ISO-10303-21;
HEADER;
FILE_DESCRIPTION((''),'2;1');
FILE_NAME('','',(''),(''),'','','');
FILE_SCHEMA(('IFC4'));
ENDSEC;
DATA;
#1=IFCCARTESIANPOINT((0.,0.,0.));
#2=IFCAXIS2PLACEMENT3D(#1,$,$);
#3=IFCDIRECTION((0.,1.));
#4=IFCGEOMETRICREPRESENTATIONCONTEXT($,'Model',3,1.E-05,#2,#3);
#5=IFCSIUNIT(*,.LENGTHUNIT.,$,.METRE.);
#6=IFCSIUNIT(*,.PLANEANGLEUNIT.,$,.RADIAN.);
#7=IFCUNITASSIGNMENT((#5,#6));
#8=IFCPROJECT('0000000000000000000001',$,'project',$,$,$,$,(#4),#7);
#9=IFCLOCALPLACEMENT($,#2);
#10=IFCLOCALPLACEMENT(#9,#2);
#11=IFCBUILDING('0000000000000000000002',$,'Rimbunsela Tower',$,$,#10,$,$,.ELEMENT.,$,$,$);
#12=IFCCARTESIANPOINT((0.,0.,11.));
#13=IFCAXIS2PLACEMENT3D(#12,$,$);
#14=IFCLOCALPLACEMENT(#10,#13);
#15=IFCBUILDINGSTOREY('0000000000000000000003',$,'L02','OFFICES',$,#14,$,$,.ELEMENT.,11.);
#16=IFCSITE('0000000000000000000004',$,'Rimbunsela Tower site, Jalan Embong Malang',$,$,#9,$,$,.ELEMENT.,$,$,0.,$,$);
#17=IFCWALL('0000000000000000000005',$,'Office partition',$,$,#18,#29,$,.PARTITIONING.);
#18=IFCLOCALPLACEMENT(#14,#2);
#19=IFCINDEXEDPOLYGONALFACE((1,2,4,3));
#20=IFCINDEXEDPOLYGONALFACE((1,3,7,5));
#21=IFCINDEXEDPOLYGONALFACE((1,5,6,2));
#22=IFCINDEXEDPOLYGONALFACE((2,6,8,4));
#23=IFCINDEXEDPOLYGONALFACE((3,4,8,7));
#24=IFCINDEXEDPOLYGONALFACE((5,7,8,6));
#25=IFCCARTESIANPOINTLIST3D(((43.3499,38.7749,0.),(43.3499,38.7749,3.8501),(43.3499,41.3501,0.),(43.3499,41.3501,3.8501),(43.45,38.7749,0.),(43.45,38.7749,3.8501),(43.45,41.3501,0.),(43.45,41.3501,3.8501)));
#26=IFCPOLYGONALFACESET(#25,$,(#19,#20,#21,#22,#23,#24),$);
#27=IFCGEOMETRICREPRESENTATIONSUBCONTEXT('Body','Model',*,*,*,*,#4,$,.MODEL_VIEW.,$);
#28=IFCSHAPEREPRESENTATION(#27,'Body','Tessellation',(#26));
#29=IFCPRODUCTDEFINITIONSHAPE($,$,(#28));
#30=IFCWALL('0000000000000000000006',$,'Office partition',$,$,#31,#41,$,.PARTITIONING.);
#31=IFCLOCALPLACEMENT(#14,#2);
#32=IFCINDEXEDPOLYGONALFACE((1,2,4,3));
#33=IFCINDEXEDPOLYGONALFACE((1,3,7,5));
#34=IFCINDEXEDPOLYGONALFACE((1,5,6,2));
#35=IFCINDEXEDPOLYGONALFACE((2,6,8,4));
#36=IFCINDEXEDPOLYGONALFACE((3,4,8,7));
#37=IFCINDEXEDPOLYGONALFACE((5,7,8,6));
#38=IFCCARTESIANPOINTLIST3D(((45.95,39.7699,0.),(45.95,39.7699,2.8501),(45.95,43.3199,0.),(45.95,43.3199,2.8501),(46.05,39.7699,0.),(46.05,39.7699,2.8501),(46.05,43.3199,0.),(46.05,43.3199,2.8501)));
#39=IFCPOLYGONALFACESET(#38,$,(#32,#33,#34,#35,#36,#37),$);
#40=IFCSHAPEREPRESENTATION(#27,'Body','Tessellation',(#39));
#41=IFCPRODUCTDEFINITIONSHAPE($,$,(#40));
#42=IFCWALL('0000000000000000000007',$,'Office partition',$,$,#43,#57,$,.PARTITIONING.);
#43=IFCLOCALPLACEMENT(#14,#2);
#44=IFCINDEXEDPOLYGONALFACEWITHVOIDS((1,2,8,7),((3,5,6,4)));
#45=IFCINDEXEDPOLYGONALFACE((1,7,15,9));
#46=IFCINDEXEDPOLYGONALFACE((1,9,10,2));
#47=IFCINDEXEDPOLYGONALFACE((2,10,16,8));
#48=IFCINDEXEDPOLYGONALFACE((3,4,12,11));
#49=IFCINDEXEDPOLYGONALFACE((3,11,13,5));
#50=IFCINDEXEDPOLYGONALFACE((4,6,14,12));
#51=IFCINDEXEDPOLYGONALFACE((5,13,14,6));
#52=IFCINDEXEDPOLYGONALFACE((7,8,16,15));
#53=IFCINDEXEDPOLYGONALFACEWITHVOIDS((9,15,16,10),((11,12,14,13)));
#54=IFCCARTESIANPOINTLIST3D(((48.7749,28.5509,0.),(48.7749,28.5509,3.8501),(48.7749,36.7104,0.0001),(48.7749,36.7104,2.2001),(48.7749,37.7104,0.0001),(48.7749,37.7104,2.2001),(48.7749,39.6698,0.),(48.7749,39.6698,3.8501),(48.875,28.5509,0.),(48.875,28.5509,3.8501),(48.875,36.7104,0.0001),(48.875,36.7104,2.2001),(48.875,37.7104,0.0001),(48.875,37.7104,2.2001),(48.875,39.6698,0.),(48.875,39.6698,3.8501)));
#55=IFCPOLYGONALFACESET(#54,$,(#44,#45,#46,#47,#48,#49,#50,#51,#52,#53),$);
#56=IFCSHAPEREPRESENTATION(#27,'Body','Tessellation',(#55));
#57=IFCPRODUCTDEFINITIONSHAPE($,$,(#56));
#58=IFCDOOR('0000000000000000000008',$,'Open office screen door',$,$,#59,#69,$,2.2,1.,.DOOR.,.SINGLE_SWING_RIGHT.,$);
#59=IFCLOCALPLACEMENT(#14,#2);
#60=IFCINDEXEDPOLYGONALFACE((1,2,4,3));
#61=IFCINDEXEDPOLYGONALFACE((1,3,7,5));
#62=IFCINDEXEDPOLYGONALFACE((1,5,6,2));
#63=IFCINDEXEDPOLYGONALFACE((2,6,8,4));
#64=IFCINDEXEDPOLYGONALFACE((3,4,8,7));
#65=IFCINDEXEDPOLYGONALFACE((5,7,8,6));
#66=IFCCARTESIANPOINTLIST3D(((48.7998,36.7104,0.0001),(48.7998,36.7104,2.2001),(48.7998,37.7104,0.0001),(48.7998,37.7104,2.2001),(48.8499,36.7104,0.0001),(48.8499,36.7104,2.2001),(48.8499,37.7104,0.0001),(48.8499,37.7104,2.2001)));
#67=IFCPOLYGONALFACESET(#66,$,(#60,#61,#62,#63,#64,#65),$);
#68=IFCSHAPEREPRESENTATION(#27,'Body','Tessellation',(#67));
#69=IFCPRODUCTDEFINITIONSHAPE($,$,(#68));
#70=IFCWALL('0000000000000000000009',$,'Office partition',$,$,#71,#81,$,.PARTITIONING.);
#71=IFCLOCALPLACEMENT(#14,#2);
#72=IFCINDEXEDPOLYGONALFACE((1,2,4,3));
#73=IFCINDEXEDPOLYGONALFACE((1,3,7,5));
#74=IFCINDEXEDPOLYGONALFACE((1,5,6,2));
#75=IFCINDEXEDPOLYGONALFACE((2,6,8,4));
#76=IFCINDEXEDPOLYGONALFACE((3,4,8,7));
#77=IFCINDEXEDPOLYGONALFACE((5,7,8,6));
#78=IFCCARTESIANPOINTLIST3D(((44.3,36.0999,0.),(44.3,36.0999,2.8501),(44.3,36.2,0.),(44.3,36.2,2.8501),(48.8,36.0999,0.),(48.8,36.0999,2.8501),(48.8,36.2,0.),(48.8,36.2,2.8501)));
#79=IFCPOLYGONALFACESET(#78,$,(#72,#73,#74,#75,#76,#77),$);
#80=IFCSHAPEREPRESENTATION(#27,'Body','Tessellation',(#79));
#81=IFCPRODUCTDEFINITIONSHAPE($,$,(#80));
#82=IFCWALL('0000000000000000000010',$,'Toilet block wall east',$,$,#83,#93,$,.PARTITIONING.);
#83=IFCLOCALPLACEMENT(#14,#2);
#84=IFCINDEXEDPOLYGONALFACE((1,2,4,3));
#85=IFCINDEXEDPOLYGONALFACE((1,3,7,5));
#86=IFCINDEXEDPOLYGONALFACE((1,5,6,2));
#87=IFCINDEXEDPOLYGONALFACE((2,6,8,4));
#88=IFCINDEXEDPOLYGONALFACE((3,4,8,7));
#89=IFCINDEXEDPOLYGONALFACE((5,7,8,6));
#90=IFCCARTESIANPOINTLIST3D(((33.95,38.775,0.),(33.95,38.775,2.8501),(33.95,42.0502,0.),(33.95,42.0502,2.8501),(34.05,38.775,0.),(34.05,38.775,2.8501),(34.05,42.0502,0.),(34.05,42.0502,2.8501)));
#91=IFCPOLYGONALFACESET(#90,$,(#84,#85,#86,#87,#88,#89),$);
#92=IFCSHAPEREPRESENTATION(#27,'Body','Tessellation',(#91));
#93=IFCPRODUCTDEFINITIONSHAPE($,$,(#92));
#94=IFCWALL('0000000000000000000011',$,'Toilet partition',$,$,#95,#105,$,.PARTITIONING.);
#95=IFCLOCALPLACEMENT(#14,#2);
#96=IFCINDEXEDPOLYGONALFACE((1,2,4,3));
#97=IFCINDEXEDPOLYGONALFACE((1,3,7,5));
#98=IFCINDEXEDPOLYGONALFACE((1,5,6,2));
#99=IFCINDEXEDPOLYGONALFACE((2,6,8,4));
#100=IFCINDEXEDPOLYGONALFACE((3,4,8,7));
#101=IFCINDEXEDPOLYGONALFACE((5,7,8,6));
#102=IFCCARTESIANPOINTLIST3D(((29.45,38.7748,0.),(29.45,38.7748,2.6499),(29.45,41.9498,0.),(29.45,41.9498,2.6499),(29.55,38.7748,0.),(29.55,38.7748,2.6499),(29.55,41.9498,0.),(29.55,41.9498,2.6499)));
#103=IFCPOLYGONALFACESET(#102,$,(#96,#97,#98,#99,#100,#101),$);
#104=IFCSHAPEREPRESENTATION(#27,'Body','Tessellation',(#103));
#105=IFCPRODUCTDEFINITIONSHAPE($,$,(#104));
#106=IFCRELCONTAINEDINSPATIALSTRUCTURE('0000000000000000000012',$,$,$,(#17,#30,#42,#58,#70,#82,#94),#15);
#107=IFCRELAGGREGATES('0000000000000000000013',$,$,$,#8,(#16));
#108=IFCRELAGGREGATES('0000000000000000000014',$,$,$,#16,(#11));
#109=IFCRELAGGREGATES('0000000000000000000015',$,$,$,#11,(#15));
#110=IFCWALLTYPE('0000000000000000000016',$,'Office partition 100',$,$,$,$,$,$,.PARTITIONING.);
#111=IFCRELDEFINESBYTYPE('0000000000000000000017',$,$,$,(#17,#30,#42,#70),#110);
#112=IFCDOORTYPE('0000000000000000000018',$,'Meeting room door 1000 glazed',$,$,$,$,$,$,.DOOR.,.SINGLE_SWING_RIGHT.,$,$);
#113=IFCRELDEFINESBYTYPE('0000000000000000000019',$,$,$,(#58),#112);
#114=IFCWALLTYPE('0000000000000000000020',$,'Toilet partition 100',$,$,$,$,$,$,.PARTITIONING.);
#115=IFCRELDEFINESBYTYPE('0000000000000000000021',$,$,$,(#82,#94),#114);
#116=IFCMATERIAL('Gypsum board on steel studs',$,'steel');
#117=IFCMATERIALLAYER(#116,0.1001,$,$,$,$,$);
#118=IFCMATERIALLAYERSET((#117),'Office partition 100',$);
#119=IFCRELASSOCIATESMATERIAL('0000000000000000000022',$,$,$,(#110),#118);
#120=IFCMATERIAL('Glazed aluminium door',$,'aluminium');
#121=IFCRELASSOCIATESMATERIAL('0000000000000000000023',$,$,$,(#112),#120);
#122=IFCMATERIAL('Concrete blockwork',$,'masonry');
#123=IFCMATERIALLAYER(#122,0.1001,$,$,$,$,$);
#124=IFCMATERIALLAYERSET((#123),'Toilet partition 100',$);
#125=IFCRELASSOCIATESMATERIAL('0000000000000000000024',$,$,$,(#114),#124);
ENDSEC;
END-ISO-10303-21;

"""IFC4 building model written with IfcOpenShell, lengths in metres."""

from ifc_helpers import new_model, si_unit, direction, frame, frame_2d, origin, place, context, subcontext, project, spatial, rectangle, extrude, material, layer, layer_set, type_object, element, fill, save


model = new_model("IFC4")

# Units and contexts
model_context = context("Model", 3, precision=1e-05, world=origin(), true_north=direction((0.0, 1.0)))
body_context = subcontext(model_context, "Body", "Model", "MODEL_VIEW")
ifc_project = project(units=[si_unit("LENGTHUNIT", "METRE"), si_unit("PLANEANGLEUNIT", "RADIAN")], contexts=[model_context])

# Site, building, storey
site_placement = place(None, origin())
site = spatial("IfcSite", under=ifc_project, at=site_placement, Name="Rimbunsela Tower site, Jalan Embong Malang", CompositionType="ELEMENT", RefElevation=0.0)
building_placement = place(site_placement, origin())
building = spatial("IfcBuilding", under=site, at=building_placement, Name="Rimbunsela Tower", CompositionType="ELEMENT")
storey_placement = place(building_placement, frame((0.0, 0.0, 11.0)))
storey = spatial("IfcBuildingStorey", under=building, at=storey_placement, Name="L02", Description="OFFICES", CompositionType="ELEMENT", Elevation=11.0)

# Shared definitions
ifc_material_1 = material(Name="Gypsum board on steel studs", Category="steel")
ifc_layer_1 = layer(ifc_material_1, 0.1001)
ifc_layer_set_1 = layer_set([ifc_layer_1], Name="Office partition 100")
wall_type_1 = type_object("IfcWallType", Name="Office partition 100", PredefinedType="PARTITIONING", material=ifc_layer_set_1)

# Walls
for number, where, z_axis, x_axis, name in (
    (1, (43.3999, 38.7749, 0.0), (0.0, 0.0, 1.0), (0.0, 1.0, 0.0), "Office partition"),
):
    element("IfcWall", number, at=place(storey_placement, frame(where, z_axis=z_axis, x_axis=x_axis)), inside=storey, type_object=wall_type_1, Name=name, PredefinedType="PARTITIONING", context=body_context, shape_type="SweptSolid", body=[
        extrude(rectangle(XDim=2.5752, YDim=0.1001, at=frame_2d((1.2876, 0.0))), origin(), (0.0, 0.0, 1.0), 3.8501),
    ])
wall_1_placement = place(storey_placement, frame((46.0, 39.77, 0.0), z_axis=(0.0, 0.0, 1.0), x_axis=(0.0, 1.0, 0.0)))
element("IfcWall", 2, at=wall_1_placement, inside=storey, type_object=wall_type_1, Name="Office partition", PredefinedType="PARTITIONING", context=body_context, shape_type="SweptSolid", body=[
    extrude(rectangle(XDim=3.55, YDim=0.1001, at=frame_2d((1.7749, 0.0))), origin(), (0.0, 0.0, 1.0), 2.8501),
])

# Wall, opening, door
wall_2_placement = place(storey_placement, frame((48.825, 39.6699, 0.0), z_axis=(0.0, 0.0, 1.0), x_axis=(0.0, -1.0, 0.0)))
wall_2 = element("IfcWall", 3, at=wall_2_placement, inside=storey, type_object=wall_type_1, Name="Office partition", PredefinedType="PARTITIONING", context=body_context, shape_type="SweptSolid", body=[
    extrude(rectangle(XDim=11.1189, YDim=0.1001, at=frame_2d((5.5596, 0.0))), origin(), (0.0, 0.0, 1.0), 3.8501),
])
opening_1_placement = place(wall_2_placement, frame((1.9595, 0.0, 0.0)))
opening_1 = element("IfcOpeningElement", 4, at=opening_1_placement, cuts=wall_2, PredefinedType="OPENING", context=body_context, shape_type="SweptSolid", body=[
    extrude(rectangle(XDim=1.0, YDim=2.2, at=frame_2d((0.5, 1.1001))), frame((0.0, 0.0601, 0.0), z_axis=(0.0, -1.0, 0.0), x_axis=(1.0, 0.0, 0.0)), (0.0, 0.0, 1.0), 0.1201),
])
ifc_material_2 = material(Name="Glazed aluminium door", Category="aluminium")
door_type_1 = type_object("IfcDoorType", Name="Meeting room door 1000 glazed", OperationType="SINGLE_SWING_RIGHT", PredefinedType="DOOR", material=ifc_material_2)
door_1_placement = place(opening_1_placement, origin())
door_1 = element("IfcDoor", 5, at=door_1_placement, inside=storey, type_object=door_type_1, Name="Open office screen door", OperationType="SINGLE_SWING_RIGHT", OverallHeight=2.2, OverallWidth=1.0, PredefinedType="DOOR", context=body_context, shape_type="SweptSolid", body=[
    extrude(rectangle(XDim=1.0, YDim=2.2, at=frame_2d((0.5, 1.1001))), frame((0.0, 0.0249, 0.0), z_axis=(0.0, -1.0, 0.0), x_axis=(1.0, 0.0, 0.0)), (0.0, 0.0, 1.0), 0.05),
])
fill(opening_1, door_1)

# Walls
wall_3_placement = place(storey_placement, frame((48.8, 36.1499, 0.0), z_axis=(0.0, 0.0, 1.0), x_axis=(-1.0, 0.0, 0.0)))
element("IfcWall", 6, at=wall_3_placement, inside=storey, type_object=wall_type_1, Name="Office partition", PredefinedType="PARTITIONING", context=body_context, shape_type="SweptSolid", body=[
    extrude(rectangle(XDim=4.5, YDim=0.1001, at=frame_2d((2.25, 0.0))), origin(), (0.0, 0.0, 1.0), 2.8501),
])
ifc_material_3 = material(Name="Concrete blockwork", Category="masonry")
ifc_layer_2 = layer(ifc_material_3, 0.1001)
ifc_layer_set_2 = layer_set([ifc_layer_2], Name="Toilet partition 100")
wall_type_2 = type_object("IfcWallType", Name="Toilet partition 100", PredefinedType="PARTITIONING", material=ifc_layer_set_2)
wall_4_placement = place(storey_placement, frame((34.0, 38.7749, 0.0), z_axis=(0.0, 0.0, 1.0), x_axis=(0.0, 1.0, 0.0)))
element("IfcWall", 7, at=wall_4_placement, inside=storey, type_object=wall_type_2, Name="Toilet block wall east", PredefinedType="PARTITIONING", context=body_context, shape_type="SweptSolid", body=[
    extrude(rectangle(XDim=3.2751, YDim=0.1001, at=frame_2d((1.6377, 0.0))), origin(), (0.0, 0.0, 1.0), 2.8501),
])
wall_5_placement = place(storey_placement, frame((29.5, 38.7749, 0.0), z_axis=(0.0, 0.0, 1.0), x_axis=(0.0, 1.0, 0.0)))
element("IfcWall", 8, at=wall_5_placement, inside=storey, type_object=wall_type_2, Name="Toilet partition", PredefinedType="PARTITIONING", context=body_context, shape_type="SweptSolid", body=[
    extrude(rectangle(XDim=3.175, YDim=0.1001, at=frame_2d((1.5874, 0.0))), origin(), (0.0, 0.0, 1.0), 2.6499),
])

save(model, "model.ifc")
